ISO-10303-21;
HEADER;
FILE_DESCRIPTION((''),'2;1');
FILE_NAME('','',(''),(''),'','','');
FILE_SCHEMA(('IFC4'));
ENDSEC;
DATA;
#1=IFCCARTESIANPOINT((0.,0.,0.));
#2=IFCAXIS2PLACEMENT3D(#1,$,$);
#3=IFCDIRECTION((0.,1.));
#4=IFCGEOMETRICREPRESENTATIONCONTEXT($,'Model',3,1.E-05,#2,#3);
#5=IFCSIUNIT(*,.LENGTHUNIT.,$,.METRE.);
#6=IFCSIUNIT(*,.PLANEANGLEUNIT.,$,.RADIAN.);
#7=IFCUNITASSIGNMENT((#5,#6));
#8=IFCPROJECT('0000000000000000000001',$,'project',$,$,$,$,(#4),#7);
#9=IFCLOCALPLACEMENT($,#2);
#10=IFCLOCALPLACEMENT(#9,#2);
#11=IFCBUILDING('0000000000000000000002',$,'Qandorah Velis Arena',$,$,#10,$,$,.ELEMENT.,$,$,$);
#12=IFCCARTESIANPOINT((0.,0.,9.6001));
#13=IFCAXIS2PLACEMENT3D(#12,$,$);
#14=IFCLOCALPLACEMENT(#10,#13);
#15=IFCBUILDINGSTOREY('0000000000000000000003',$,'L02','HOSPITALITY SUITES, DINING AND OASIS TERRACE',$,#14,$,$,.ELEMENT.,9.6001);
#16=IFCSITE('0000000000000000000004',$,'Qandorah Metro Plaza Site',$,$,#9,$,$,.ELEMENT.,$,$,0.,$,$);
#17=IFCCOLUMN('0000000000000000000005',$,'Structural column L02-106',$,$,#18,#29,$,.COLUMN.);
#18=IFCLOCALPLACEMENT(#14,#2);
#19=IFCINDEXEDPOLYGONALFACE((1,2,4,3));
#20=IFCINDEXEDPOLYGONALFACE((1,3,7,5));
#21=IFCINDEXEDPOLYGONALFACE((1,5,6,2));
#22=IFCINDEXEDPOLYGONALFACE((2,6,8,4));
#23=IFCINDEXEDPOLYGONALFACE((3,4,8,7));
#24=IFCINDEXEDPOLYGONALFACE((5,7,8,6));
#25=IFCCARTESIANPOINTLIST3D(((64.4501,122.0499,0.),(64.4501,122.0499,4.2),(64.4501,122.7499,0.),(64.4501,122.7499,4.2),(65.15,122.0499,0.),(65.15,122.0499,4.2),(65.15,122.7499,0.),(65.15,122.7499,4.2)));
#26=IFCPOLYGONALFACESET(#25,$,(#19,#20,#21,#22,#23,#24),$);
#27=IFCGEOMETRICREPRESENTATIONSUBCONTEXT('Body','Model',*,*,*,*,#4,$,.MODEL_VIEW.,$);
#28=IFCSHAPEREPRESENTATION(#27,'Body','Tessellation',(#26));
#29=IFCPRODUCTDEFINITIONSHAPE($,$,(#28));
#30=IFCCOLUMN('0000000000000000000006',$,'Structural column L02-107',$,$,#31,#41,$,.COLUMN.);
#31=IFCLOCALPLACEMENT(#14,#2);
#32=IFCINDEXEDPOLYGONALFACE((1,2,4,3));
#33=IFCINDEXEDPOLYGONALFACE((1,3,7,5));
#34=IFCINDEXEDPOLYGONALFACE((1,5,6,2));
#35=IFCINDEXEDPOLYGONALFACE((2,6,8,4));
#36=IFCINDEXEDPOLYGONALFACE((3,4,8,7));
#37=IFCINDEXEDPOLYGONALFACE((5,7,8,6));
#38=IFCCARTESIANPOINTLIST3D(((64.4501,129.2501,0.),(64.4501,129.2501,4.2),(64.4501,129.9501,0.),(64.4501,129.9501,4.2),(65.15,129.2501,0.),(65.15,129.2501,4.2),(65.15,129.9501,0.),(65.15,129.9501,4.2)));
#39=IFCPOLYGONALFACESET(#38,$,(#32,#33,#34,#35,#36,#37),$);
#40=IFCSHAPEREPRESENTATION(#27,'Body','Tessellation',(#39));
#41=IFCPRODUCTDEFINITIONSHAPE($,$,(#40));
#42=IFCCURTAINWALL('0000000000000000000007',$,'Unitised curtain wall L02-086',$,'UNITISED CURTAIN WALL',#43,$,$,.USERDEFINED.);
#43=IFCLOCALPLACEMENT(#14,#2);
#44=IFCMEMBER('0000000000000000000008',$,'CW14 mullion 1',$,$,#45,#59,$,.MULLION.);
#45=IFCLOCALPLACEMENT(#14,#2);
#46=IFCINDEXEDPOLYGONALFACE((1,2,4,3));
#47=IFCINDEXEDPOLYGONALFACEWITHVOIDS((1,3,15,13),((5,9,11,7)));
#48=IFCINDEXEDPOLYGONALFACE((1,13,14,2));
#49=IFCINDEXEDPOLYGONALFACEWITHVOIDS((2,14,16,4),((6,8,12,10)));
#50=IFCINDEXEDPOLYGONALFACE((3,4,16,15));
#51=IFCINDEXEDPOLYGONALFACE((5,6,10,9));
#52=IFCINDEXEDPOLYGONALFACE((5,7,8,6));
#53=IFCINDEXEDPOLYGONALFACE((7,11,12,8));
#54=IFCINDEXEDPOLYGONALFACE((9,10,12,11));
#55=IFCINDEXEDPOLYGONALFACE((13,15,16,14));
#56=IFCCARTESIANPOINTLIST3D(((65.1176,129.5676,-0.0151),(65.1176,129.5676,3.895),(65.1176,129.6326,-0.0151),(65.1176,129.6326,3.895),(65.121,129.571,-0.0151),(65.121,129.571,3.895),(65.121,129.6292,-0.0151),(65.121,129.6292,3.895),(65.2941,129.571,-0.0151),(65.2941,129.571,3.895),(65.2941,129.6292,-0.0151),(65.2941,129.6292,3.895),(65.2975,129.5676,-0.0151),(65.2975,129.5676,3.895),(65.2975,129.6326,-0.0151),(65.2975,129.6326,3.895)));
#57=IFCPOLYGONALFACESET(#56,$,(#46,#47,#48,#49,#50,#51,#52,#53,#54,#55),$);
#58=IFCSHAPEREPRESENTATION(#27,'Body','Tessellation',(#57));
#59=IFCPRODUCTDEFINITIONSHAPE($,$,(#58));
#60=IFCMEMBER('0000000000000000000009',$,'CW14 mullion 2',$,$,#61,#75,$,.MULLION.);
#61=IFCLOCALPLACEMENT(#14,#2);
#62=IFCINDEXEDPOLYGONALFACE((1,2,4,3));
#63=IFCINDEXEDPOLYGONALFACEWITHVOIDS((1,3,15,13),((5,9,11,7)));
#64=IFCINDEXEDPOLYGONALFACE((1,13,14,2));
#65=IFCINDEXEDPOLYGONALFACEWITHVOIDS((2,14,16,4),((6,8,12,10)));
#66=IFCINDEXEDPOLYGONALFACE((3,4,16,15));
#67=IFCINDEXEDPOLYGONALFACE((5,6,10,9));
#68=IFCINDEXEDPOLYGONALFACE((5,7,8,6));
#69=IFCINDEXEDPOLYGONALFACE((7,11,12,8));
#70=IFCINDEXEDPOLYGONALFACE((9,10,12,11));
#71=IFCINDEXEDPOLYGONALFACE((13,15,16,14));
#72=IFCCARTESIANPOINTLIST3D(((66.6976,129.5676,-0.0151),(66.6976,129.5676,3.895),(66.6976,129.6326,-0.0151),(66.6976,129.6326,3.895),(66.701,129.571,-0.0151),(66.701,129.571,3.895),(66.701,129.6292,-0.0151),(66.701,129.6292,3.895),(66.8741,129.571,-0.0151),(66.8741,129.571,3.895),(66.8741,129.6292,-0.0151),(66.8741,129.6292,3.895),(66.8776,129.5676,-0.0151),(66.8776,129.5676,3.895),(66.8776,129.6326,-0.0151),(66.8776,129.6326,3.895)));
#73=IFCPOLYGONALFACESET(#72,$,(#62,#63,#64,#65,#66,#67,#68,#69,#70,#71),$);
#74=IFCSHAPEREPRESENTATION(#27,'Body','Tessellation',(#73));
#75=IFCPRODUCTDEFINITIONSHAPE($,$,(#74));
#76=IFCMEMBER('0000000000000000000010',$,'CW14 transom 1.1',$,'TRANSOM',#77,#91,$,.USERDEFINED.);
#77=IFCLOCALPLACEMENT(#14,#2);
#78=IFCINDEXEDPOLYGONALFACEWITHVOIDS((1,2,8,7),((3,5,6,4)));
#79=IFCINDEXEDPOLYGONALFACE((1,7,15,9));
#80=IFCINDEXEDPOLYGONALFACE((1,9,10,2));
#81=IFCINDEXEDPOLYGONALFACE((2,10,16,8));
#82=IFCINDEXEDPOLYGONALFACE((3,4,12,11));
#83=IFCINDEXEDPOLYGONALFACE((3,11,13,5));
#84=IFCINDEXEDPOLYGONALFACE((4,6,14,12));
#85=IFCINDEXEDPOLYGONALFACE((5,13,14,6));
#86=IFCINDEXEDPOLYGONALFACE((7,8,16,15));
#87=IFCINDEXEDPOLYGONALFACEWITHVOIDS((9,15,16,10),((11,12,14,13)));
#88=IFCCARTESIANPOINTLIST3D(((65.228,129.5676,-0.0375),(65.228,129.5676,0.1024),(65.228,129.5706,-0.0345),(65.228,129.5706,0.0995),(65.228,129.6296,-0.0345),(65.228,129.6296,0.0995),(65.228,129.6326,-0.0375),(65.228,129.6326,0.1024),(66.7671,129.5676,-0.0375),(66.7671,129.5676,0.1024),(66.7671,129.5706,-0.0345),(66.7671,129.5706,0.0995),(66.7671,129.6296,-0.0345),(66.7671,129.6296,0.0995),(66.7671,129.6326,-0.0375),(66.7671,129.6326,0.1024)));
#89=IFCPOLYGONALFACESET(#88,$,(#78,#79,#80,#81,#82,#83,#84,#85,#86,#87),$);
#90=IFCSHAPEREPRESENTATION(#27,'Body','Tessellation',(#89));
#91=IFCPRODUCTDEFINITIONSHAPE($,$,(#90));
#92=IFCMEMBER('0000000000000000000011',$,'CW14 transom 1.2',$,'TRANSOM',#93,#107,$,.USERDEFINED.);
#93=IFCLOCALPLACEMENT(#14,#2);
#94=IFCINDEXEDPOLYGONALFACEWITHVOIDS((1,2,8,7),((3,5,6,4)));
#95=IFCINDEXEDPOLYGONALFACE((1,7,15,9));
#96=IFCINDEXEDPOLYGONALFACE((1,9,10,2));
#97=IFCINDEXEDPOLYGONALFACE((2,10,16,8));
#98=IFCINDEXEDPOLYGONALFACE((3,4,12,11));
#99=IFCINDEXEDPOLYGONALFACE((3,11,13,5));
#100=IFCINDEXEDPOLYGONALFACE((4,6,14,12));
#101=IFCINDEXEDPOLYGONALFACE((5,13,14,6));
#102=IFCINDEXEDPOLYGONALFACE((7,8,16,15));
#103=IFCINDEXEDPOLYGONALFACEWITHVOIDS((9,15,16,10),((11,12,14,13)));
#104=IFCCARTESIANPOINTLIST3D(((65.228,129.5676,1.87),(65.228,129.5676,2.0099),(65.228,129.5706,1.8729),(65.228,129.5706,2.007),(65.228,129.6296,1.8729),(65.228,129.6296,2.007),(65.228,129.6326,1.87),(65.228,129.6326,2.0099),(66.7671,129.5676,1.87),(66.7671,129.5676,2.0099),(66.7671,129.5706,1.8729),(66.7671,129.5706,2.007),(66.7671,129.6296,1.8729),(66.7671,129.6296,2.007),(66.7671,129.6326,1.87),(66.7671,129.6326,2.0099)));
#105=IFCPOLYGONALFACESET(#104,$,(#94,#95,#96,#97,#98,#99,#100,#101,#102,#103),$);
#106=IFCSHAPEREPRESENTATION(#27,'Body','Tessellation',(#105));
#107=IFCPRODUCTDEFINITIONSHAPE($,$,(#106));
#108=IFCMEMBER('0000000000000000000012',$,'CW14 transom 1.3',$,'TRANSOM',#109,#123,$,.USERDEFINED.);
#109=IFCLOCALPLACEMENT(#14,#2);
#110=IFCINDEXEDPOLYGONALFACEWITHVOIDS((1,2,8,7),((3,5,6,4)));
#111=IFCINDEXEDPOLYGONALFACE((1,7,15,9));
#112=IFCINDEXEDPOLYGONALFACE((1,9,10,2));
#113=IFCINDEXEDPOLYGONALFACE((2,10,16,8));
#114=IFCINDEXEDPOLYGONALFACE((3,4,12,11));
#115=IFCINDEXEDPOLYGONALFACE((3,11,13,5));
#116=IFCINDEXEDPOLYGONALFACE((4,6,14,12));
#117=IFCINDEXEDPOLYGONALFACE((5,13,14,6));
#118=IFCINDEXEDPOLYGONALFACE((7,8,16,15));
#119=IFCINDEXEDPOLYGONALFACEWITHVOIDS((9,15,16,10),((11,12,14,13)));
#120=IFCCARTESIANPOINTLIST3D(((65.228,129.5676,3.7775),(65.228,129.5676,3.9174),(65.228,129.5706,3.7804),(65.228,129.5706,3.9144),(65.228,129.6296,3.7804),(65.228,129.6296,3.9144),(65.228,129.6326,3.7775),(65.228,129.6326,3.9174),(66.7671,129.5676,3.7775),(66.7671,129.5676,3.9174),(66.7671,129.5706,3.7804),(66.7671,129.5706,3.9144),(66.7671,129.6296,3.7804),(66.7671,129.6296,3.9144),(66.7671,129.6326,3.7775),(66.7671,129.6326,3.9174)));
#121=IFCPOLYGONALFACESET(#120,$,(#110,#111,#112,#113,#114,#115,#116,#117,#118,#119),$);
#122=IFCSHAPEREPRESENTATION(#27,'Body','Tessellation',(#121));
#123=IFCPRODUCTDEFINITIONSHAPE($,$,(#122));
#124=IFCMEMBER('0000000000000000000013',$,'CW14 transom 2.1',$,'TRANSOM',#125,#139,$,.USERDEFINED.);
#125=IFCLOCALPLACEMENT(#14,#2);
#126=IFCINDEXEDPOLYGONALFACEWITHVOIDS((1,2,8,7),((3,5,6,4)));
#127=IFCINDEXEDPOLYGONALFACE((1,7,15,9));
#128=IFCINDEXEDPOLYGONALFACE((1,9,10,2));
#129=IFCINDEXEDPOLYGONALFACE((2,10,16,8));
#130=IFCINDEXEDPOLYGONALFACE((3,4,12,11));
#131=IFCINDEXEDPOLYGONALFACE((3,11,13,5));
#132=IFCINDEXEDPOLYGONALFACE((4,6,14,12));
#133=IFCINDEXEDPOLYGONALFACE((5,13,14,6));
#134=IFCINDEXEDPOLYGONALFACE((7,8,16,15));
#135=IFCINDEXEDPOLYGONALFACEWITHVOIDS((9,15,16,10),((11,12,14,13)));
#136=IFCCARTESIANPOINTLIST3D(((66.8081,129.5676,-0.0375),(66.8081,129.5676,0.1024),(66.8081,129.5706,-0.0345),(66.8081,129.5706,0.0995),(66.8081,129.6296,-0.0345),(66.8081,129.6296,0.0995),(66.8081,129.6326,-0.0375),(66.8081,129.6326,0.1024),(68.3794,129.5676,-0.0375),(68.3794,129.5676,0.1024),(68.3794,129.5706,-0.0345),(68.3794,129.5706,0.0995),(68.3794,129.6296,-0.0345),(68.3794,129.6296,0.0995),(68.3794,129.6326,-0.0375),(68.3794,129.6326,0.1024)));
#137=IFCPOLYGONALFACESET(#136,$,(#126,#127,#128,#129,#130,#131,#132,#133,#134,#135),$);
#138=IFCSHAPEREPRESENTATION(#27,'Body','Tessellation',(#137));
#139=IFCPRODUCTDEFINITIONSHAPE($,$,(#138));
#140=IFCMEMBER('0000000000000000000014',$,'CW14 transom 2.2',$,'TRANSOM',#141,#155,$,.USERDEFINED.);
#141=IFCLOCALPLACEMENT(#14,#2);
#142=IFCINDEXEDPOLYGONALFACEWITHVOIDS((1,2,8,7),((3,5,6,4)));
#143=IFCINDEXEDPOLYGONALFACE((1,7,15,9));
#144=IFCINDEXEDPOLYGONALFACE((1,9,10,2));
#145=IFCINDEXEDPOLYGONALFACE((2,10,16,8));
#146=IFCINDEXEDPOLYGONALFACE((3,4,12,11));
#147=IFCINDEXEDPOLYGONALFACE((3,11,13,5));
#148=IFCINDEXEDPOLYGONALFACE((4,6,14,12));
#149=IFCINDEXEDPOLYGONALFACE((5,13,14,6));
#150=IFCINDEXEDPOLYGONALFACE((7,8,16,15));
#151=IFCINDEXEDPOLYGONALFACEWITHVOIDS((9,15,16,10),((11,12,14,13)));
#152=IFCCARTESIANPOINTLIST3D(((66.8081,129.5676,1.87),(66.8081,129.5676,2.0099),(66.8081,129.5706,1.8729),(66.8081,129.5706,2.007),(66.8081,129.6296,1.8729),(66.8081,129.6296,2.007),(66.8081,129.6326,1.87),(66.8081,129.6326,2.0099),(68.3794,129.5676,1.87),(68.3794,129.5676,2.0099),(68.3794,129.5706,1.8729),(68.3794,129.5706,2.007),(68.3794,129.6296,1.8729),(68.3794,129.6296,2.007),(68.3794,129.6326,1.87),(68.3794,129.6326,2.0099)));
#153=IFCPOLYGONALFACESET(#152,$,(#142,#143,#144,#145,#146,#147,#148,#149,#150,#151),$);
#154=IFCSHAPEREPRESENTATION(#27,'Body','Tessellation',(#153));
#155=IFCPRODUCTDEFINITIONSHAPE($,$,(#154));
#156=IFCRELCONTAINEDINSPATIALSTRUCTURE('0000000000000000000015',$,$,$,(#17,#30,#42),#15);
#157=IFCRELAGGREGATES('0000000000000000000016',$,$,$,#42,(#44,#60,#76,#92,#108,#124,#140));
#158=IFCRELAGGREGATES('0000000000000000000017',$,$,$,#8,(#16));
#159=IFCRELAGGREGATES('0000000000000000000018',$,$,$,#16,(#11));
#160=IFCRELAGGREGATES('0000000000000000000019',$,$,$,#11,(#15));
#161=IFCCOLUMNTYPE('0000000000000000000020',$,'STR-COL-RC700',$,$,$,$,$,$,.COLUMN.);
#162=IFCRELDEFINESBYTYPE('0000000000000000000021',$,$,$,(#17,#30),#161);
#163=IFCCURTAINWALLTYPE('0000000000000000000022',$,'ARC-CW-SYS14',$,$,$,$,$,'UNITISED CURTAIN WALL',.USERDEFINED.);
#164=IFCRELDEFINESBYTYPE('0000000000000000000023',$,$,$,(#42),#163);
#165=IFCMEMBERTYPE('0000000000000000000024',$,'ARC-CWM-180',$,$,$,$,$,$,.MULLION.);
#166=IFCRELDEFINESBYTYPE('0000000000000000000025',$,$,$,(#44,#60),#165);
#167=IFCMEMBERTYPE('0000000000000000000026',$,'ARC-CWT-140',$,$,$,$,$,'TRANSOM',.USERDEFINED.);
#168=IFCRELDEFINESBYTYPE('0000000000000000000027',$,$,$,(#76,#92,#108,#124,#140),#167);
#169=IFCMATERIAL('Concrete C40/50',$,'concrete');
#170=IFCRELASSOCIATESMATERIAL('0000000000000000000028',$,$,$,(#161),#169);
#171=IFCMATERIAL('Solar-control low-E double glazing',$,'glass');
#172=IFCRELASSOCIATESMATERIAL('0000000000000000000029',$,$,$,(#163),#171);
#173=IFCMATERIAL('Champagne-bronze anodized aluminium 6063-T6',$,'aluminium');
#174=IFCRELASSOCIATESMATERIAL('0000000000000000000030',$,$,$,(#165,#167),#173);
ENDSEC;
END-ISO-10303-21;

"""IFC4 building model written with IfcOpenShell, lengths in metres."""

from ifc_helpers import new_model, si_unit, direction, frame, origin, origin_2d, place, context, subcontext, project, spatial, rectangle, hollow_rectangle, extrude, material, material_profile, profile_set, type_object, element, aggregate, save


model = new_model("IFC4")

# Units and contexts
model_context = context("Model", 3, precision=1e-05, world=origin(), true_north=direction((0.0, 1.0)))
body_context = subcontext(model_context, "Body", "Model", "MODEL_VIEW")
ifc_project = project(units=[si_unit("LENGTHUNIT", "METRE"), si_unit("PLANEANGLEUNIT", "RADIAN")], contexts=[model_context])

# Site, building, storey
site_placement = place(None, origin())
site = spatial("IfcSite", under=ifc_project, at=site_placement, Name="Qandorah Metro Plaza Site", CompositionType="ELEMENT", RefElevation=0.0)
building_placement = place(site_placement, origin())
building = spatial("IfcBuilding", under=site, at=building_placement, Name="Qandorah Velis Arena", CompositionType="ELEMENT")
storey_placement = place(building_placement, frame((0.0, 0.0, 9.6001)))
storey = spatial("IfcBuildingStorey", under=building, at=storey_placement, Name="L02", Description="HOSPITALITY SUITES, DINING AND OASIS TERRACE", CompositionType="ELEMENT", Elevation=9.6001)

# Columns
ifc_material_1 = material(Name="Concrete C40/50", Category="concrete")
ifc_material_profile_1 = material_profile(ifc_material_1, rectangle(XDim=0.7, YDim=0.7, at=origin_2d()), Name="RC COL 700x700")
ifc_profile_set_1 = profile_set([ifc_material_profile_1], Name="Concrete C40/50")
column_type = type_object("IfcColumnType", Name="STR-COL-RC700", PredefinedType="COLUMN", material=ifc_profile_set_1)
for number, where, z_axis, x_axis, name in (
    (1, (64.8, 122.3999, 0.0), (0.0, 0.0, 1.0), (1.0, 0.0, 0.0), "Structural column L02-106"),
    (2, (64.8, 129.6001, 0.0), (0.0, 0.0, 1.0), (1.0, 0.0, 0.0), "Structural column L02-107"),
):
    element("IfcColumn", number, at=place(storey_placement, frame(where, z_axis=z_axis, x_axis=x_axis)), inside=storey, type_object=column_type, Name=name, PredefinedType="COLUMN", context=body_context, shape_type="SweptSolid", body=[
        extrude(rectangle(XDim=0.7, YDim=0.7, at=origin_2d()), origin(), (0.0, 0.0, 1.0), 4.2),
    ])

# Curtain wall, members
ifc_material_2 = material(Name="Solar-control low-E double glazing", Category="glass")
curtain_wall_type = type_object("IfcCurtainWallType", Name="ARC-CW-SYS14", ElementType="UNITISED CURTAIN WALL", PredefinedType="USERDEFINED", material=ifc_material_2)
curtain_wall_placement = place(storey_placement, origin())
curtain_wall = element("IfcCurtainWall", 3, at=curtain_wall_placement, inside=storey, type_object=curtain_wall_type, Name="Unitised curtain wall L02-086", ObjectType="UNITISED CURTAIN WALL", PredefinedType="USERDEFINED")
ifc_material_3 = material(Name="Champagne-bronze anodized aluminium 6063-T6", Category="aluminium")
ifc_material_profile_2 = material_profile(ifc_material_3, hollow_rectangle(XDim=0.0649, YDim=0.1799, WallThickness=0.0034, at=origin_2d()), Name="ALU MULLION 65x180")
ifc_profile_set_2 = profile_set([ifc_material_profile_2], Name="Champagne-bronze anodized aluminium 6063-T6")
member_type_1 = type_object("IfcMemberType", Name="ARC-CWM-180", PredefinedType="MULLION", material=ifc_profile_set_2)
member_1_placement = place(storey_placement, frame((65.2075, 129.6001, -0.0151), z_axis=(0.0, 0.0, 1.0), x_axis=(0.0, 1.0, 0.0)))
member_1 = element("IfcMember", 4, at=member_1_placement, type_object=member_type_1, Name="CW14 mullion 1", PredefinedType="MULLION", context=body_context, shape_type="SweptSolid", body=[
    extrude(hollow_rectangle(XDim=0.0649, YDim=0.1799, WallThickness=0.0034, at=origin_2d()), origin(), (0.0, 0.0, 1.0), 3.9102),
])
member_2_placement = place(storey_placement, frame((66.7876, 129.6001, -0.0151), z_axis=(0.0, 0.0, 1.0), x_axis=(0.0, 1.0, 0.0)))
member_2 = element("IfcMember", 5, at=member_2_placement, type_object=member_type_1, Name="CW14 mullion 2", PredefinedType="MULLION", context=body_context, shape_type="SweptSolid", body=[
    extrude(hollow_rectangle(XDim=0.0649, YDim=0.1799, WallThickness=0.0034, at=origin_2d()), origin(), (0.0, 0.0, 1.0), 3.9102),
])
ifc_material_profile_3 = material_profile(ifc_material_3, hollow_rectangle(XDim=0.0649, YDim=0.1399, WallThickness=0.0029, at=origin_2d()), Name="ALU TRANSOM 65x140")
ifc_profile_set_3 = profile_set([ifc_material_profile_3], Name="Champagne-bronze anodized aluminium 6063-T6")
member_type_2 = type_object("IfcMemberType", Name="ARC-CWT-140", ElementType="TRANSOM", PredefinedType="USERDEFINED", material=ifc_profile_set_3)
member_3_placement = place(storey_placement, frame((65.228, 129.6001, 0.0325), z_axis=(1.0, 0.0, 0.0), x_axis=(0.0, 1.0, 0.0)))
member_3 = element("IfcMember", 6, at=member_3_placement, type_object=member_type_2, Name="CW14 transom 1.1", ObjectType="TRANSOM", PredefinedType="USERDEFINED", context=body_context, shape_type="SweptSolid", body=[
    extrude(hollow_rectangle(XDim=0.0649, YDim=0.1399, WallThickness=0.0029, at=origin_2d()), origin(), (0.0, 0.0, 1.0), 1.5391),
])
member_4_placement = place(storey_placement, frame((65.228, 129.6001, 1.9399), z_axis=(1.0, 0.0, 0.0), x_axis=(0.0, 1.0, 0.0)))
member_4 = element("IfcMember", 7, at=member_4_placement, type_object=member_type_2, Name="CW14 transom 1.2", ObjectType="TRANSOM", PredefinedType="USERDEFINED", context=body_context, shape_type="SweptSolid", body=[
    extrude(hollow_rectangle(XDim=0.0649, YDim=0.1399, WallThickness=0.0029, at=origin_2d()), origin(), (0.0, 0.0, 1.0), 1.5391),
])
member_5_placement = place(storey_placement, frame((65.228, 129.6001, 3.8474), z_axis=(1.0, 0.0, 0.0), x_axis=(0.0, 1.0, 0.0)))
member_5 = element("IfcMember", 8, at=member_5_placement, type_object=member_type_2, Name="CW14 transom 1.3", ObjectType="TRANSOM", PredefinedType="USERDEFINED", context=body_context, shape_type="SweptSolid", body=[
    extrude(hollow_rectangle(XDim=0.0649, YDim=0.1399, WallThickness=0.0029, at=origin_2d()), origin(), (0.0, 0.0, 1.0), 1.5391),
])
member_6_placement = place(storey_placement, frame((66.8081, 129.6001, 0.0325), z_axis=(1.0, 0.0, 0.0), x_axis=(0.0, 1.0, 0.0)))
member_6 = element("IfcMember", 9, at=member_6_placement, type_object=member_type_2, Name="CW14 transom 2.1", ObjectType="TRANSOM", PredefinedType="USERDEFINED", context=body_context, shape_type="SweptSolid", body=[
    extrude(hollow_rectangle(XDim=0.0649, YDim=0.1399, WallThickness=0.0029, at=origin_2d()), origin(), (0.0, 0.0, 1.0), 1.5713),
])
member_7_placement = place(storey_placement, frame((66.8081, 129.6001, 1.9399), z_axis=(1.0, 0.0, 0.0), x_axis=(0.0, 1.0, 0.0)))
member_7 = element("IfcMember", 10, at=member_7_placement, type_object=member_type_2, Name="CW14 transom 2.2", ObjectType="TRANSOM", PredefinedType="USERDEFINED", context=body_context, shape_type="SweptSolid", body=[
    extrude(hollow_rectangle(XDim=0.0649, YDim=0.1399, WallThickness=0.0029, at=origin_2d()), origin(), (0.0, 0.0, 1.0), 1.5713),
])

aggregate(curtain_wall, [member_1, member_2, member_3, member_4, member_5, member_6, member_7])

save(model, "model.ifc")
